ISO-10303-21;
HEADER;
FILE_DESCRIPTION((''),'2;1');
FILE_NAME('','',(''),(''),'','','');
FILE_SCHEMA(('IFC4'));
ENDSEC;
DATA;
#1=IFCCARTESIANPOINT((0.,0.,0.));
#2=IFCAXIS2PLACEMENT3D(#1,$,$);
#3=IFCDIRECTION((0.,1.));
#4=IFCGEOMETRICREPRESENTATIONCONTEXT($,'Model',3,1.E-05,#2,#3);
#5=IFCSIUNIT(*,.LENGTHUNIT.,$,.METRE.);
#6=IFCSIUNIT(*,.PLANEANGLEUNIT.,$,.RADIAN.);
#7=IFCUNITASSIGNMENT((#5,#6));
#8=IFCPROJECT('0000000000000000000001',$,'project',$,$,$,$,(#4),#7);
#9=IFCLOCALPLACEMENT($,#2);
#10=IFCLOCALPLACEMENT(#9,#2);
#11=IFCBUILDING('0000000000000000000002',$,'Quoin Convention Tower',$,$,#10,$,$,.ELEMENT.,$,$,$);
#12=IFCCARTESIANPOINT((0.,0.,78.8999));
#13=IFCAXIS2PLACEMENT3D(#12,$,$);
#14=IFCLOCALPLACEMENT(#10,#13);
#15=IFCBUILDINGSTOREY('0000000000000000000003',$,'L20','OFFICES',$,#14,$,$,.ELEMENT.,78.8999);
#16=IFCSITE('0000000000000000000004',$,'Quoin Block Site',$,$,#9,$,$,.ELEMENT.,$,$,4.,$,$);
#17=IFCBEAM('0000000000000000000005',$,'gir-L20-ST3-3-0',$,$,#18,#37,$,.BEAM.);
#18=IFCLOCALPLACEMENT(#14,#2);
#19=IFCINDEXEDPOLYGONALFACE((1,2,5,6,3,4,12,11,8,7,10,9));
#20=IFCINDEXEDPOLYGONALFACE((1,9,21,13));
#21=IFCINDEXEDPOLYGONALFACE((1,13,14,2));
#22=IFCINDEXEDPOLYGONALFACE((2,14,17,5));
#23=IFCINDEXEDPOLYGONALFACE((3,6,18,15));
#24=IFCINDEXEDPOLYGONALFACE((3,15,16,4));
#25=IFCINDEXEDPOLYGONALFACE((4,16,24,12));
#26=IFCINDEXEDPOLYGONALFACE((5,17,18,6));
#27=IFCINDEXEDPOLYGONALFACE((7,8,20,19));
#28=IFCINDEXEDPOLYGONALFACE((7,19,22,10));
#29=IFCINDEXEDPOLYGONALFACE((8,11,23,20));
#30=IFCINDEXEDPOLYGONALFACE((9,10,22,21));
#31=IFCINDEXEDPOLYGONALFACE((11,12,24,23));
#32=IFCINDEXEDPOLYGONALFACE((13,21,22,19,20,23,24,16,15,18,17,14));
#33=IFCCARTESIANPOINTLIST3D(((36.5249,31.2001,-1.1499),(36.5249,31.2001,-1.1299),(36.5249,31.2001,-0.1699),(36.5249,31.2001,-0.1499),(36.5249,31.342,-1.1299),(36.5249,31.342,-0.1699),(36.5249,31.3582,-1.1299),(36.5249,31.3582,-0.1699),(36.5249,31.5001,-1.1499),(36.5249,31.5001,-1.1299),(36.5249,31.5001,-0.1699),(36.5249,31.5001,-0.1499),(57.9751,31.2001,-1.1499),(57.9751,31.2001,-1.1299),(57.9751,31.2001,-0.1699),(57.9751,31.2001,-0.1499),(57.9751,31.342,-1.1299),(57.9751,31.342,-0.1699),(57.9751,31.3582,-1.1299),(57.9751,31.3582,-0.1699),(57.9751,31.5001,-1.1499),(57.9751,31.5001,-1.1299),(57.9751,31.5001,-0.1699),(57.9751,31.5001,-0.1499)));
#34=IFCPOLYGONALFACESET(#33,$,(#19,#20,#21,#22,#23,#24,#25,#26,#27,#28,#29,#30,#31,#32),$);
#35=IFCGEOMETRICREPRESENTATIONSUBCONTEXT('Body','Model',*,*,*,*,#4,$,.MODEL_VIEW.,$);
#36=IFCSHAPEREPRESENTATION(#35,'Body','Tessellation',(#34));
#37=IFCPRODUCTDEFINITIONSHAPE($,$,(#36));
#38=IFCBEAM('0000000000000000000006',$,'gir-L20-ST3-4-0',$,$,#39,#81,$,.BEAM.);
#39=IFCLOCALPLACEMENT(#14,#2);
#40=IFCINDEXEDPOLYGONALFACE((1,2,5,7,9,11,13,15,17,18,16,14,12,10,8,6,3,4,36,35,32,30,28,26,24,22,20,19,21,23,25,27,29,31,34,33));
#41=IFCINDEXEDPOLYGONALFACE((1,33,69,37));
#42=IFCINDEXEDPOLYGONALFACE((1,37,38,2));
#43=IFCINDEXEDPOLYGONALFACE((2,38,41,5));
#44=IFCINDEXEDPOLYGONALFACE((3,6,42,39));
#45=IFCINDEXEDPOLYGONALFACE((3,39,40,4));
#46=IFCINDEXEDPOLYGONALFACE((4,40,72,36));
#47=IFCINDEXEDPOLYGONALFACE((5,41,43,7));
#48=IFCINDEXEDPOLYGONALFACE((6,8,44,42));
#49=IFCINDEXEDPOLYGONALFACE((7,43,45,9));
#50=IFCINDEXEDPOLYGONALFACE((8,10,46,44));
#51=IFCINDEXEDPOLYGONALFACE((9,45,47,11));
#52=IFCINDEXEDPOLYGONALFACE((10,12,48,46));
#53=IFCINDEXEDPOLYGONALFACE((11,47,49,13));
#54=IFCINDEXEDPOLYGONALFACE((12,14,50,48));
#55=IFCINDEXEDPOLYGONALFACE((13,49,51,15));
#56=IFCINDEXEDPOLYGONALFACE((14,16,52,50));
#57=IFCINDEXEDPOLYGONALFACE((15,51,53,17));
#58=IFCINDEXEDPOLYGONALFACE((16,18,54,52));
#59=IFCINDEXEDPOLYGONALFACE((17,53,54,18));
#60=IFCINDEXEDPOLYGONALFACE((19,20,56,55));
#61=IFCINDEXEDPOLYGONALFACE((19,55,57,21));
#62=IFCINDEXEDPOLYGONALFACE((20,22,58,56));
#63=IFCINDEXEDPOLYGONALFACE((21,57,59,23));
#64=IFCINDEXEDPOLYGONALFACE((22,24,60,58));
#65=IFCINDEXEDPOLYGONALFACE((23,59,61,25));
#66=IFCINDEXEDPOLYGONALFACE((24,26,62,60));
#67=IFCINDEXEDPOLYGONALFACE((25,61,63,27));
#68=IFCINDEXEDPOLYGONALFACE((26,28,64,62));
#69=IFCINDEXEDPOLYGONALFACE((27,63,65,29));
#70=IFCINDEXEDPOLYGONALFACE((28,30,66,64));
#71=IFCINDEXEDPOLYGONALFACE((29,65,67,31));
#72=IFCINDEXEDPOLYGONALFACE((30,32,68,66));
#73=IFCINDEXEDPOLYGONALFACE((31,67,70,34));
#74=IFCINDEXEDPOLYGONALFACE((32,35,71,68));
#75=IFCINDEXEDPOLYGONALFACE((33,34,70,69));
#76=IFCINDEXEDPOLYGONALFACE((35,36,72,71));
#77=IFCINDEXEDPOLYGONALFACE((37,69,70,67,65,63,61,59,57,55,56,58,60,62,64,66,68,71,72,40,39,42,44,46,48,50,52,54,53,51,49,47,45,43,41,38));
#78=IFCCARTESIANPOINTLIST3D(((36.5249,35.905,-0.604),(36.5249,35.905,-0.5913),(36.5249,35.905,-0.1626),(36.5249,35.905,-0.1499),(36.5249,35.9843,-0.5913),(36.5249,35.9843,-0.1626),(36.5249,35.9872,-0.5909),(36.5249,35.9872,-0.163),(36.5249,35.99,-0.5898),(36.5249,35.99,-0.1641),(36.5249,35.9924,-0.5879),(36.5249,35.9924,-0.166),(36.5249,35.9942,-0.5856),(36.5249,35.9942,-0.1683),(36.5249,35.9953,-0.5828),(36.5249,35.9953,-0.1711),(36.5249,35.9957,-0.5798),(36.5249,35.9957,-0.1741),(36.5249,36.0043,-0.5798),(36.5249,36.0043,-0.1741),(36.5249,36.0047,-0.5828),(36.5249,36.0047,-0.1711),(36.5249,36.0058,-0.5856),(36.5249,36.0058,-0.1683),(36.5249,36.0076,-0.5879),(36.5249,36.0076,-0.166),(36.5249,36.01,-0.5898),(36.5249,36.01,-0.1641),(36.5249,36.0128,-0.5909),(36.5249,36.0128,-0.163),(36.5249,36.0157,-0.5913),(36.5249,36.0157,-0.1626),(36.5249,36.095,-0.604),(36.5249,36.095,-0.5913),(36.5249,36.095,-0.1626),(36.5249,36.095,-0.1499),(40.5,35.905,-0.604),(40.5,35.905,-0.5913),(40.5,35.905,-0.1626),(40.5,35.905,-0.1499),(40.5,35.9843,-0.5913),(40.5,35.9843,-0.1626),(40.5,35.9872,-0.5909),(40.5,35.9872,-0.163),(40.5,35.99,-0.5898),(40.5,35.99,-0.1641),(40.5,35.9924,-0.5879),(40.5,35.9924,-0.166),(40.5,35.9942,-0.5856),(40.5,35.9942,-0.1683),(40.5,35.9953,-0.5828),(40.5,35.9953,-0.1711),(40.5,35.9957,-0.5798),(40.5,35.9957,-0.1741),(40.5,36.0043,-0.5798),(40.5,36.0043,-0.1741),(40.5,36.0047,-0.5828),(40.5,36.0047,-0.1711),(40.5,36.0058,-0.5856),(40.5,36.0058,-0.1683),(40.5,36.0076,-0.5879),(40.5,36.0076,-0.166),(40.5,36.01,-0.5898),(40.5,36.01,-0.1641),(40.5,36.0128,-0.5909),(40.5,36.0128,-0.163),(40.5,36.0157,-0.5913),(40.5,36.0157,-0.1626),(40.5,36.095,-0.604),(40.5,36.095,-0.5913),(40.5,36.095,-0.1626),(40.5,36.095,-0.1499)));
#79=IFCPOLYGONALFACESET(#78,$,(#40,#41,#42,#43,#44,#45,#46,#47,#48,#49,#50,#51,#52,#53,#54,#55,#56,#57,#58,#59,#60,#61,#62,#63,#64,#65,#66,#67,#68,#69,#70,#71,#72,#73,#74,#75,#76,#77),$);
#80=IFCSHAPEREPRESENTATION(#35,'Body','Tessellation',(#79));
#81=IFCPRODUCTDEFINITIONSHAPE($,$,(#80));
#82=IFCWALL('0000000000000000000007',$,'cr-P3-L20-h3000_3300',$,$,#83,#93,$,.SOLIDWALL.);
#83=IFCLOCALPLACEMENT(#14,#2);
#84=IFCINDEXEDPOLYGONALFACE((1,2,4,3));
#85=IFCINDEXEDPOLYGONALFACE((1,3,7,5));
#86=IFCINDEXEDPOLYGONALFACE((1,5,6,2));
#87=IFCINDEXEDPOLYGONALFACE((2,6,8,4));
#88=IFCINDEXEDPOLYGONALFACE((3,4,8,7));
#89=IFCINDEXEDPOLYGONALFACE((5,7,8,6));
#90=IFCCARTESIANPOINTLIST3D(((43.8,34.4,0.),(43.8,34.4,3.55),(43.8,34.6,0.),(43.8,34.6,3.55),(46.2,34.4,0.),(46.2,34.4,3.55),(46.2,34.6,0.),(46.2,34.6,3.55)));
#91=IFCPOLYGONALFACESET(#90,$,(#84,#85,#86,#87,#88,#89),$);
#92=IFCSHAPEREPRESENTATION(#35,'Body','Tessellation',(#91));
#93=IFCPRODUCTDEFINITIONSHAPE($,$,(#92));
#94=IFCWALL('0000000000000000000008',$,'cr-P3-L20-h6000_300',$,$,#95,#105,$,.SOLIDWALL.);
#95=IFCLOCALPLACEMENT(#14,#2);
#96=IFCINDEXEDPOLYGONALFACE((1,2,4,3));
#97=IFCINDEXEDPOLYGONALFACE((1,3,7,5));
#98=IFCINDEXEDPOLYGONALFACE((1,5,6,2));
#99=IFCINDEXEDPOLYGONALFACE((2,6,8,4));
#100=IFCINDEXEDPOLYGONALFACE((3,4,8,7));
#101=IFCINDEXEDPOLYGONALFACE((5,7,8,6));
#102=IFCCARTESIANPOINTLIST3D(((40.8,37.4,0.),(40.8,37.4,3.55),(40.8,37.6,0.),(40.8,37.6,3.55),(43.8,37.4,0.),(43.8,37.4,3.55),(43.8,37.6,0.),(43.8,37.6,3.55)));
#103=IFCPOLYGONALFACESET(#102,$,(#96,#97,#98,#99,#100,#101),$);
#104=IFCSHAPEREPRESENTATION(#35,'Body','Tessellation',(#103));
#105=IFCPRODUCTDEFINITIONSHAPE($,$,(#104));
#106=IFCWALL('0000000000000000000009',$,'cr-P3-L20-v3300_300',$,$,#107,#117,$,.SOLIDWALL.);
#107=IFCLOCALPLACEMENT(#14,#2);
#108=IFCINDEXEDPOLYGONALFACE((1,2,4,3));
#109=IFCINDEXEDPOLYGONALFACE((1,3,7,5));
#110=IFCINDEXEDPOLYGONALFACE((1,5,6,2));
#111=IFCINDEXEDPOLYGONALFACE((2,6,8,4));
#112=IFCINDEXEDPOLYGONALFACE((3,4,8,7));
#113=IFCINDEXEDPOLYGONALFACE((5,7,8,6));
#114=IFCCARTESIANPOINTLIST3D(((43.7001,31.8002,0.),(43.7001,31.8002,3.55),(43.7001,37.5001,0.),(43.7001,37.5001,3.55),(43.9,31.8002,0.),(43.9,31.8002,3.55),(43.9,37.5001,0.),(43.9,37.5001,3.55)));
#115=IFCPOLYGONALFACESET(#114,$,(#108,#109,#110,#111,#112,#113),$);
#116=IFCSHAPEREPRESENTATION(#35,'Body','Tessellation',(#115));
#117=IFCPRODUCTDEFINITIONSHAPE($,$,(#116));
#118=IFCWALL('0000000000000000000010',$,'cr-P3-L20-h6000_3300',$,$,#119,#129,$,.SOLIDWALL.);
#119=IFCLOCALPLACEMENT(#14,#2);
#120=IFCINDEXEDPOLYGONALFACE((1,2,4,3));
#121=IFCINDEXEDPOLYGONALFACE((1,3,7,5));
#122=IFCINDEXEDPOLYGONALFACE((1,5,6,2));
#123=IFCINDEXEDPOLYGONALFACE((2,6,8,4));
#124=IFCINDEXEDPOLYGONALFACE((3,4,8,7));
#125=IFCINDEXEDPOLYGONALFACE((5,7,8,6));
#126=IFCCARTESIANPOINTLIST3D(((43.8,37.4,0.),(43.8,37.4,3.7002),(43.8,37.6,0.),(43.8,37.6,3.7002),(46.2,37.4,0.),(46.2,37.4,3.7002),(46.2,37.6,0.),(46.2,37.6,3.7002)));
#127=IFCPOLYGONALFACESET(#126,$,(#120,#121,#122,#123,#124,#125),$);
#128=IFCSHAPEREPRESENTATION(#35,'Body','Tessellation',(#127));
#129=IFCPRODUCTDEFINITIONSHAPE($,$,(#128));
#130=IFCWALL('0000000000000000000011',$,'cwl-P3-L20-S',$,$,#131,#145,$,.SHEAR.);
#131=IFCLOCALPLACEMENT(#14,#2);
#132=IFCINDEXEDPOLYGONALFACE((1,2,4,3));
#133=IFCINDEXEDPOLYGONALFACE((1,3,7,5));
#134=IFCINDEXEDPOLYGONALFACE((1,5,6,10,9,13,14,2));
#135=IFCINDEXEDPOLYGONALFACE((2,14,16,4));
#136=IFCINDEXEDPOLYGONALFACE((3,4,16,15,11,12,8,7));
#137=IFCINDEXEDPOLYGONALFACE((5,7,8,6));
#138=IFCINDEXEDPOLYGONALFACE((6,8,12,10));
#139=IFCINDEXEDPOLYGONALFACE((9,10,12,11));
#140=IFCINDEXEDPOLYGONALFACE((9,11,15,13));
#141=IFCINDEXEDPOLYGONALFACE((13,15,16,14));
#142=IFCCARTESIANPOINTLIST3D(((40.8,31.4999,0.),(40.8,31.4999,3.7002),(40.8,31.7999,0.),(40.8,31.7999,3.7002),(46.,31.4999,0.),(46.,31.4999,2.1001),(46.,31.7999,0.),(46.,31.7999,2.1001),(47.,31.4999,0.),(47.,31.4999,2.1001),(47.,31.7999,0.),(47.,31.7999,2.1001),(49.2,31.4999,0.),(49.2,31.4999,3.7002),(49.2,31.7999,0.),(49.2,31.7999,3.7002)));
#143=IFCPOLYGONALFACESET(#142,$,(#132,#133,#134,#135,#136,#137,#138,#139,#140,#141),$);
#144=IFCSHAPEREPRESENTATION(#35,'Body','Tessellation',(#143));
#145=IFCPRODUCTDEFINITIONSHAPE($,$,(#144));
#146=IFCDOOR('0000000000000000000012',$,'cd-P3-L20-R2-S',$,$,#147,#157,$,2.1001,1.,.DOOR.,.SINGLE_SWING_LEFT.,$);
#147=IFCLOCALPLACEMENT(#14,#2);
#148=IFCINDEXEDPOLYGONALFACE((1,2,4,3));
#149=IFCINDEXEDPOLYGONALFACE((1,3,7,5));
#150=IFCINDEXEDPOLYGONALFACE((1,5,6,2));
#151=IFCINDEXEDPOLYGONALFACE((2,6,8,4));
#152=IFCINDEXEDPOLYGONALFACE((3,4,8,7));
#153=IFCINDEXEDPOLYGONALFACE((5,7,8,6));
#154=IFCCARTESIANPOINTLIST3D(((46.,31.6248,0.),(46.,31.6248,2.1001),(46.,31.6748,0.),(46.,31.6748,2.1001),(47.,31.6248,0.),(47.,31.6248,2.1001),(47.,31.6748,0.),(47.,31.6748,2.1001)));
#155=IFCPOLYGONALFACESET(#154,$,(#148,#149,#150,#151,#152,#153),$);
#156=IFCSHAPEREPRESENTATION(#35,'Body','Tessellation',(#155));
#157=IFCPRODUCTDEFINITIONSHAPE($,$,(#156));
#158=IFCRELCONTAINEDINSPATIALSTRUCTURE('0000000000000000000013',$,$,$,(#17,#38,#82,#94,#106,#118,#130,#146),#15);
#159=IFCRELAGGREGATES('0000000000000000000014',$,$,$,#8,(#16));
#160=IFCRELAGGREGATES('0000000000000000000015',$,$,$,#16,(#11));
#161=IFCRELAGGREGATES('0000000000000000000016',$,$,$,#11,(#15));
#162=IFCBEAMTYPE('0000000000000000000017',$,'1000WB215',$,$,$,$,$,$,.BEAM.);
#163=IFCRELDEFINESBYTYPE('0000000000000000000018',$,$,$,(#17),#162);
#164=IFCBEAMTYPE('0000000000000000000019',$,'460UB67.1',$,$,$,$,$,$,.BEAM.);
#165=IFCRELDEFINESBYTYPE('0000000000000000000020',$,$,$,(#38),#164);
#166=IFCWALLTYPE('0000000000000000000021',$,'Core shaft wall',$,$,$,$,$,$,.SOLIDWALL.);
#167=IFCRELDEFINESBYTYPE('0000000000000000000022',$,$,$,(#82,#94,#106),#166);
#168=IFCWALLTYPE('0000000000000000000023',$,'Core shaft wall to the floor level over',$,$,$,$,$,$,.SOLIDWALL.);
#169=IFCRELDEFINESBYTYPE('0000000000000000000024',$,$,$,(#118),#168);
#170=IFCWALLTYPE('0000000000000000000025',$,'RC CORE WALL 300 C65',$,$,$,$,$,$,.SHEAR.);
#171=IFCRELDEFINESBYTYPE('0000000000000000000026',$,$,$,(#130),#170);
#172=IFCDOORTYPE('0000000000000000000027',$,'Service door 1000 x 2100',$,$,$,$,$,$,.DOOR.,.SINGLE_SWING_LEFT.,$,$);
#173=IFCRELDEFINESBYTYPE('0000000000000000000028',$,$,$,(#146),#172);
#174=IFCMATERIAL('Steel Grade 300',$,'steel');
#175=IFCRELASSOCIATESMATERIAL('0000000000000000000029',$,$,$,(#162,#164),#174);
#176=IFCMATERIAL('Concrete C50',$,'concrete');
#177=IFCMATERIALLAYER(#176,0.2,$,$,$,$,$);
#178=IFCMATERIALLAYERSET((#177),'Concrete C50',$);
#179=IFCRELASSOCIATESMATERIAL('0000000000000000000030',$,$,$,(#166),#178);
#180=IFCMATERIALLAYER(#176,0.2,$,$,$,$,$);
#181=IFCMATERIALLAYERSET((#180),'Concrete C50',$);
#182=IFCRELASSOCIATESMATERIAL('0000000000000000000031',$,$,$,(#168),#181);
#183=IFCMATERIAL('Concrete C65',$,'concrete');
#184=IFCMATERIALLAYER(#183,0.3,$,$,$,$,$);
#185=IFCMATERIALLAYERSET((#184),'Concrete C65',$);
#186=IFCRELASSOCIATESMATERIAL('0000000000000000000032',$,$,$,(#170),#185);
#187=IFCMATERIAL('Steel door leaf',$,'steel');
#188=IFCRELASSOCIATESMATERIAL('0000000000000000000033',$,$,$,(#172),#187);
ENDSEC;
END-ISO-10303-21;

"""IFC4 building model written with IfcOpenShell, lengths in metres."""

from ifc_helpers import new_model, si_unit, direction, frame, frame_2d, origin, origin_2d, place, context, subcontext, project, spatial, rectangle, i_section, extrude, material, layer, layer_set, material_profile, profile_set, type_object, element, fill, save


model = new_model("IFC4")

# Units and contexts
model_context = context("Model", 3, precision=1e-05, world=origin(), true_north=direction((0.0, 1.0)))
body_context = subcontext(model_context, "Body", "Model", "MODEL_VIEW")
ifc_project = project(units=[si_unit("LENGTHUNIT", "METRE"), si_unit("PLANEANGLEUNIT", "RADIAN")], contexts=[model_context])

# Site, building, storey
site_placement = place(None, origin())
site = spatial("IfcSite", under=ifc_project, at=site_placement, Name="Quoin Block Site", CompositionType="ELEMENT", RefElevation=4.0)
building_placement = place(site_placement, origin())
building = spatial("IfcBuilding", under=site, at=building_placement, Name="Quoin Convention Tower", CompositionType="ELEMENT")
storey_placement = place(building_placement, frame((0.0, 0.0, 78.8999)))
storey = spatial("IfcBuildingStorey", under=building, at=storey_placement, Name="L20", Description="OFFICES", CompositionType="ELEMENT", Elevation=78.8999)

# Beams
ifc_material_1 = material(Name="Steel Grade 300", Category="steel")
ifc_material_profile_1 = material_profile(ifc_material_1, i_section(OverallWidth=0.3, OverallDepth=1.0, WebThickness=0.0161, FlangeThickness=0.02, at=origin_2d()), Name="1000WB215")
ifc_profile_set_1 = profile_set([ifc_material_profile_1], Name="Steel Grade 300")
beam_type_1 = type_object("IfcBeamType", Name="1000WB215", PredefinedType="BEAM", material=ifc_profile_set_1)
beam_1_placement = place(storey_placement, frame((36.5249, 31.3501, -0.6499), z_axis=(1.0, 0.0, 0.0), x_axis=(0.0, 1.0, 0.0)))
element("IfcBeam", 1, at=beam_1_placement, inside=storey, type_object=beam_type_1, Name="gir-L20-ST3-3-0", PredefinedType="BEAM", context=body_context, shape_type="SweptSolid", body=[
    extrude(i_section(OverallWidth=0.3, OverallDepth=1.0, WebThickness=0.0161, FlangeThickness=0.02, at=origin_2d()), origin(), (0.0, 0.0, 1.0), 21.4502),
])
ifc_material_profile_2 = material_profile(ifc_material_1, i_section(OverallWidth=0.1899, OverallDepth=0.4541, WebThickness=0.0085, FlangeThickness=0.0127, FilletRadius=0.0115, at=origin_2d()), Name="460UB67.1")
ifc_profile_set_2 = profile_set([ifc_material_profile_2], Name="Steel Grade 300")
beam_type_2 = type_object("IfcBeamType", Name="460UB67.1", PredefinedType="BEAM", material=ifc_profile_set_2)
beam_2_placement = place(storey_placement, frame((36.5249, 36.0, -0.377), z_axis=(1.0, 0.0, 0.0), x_axis=(0.0, 1.0, 0.0)))
element("IfcBeam", 2, at=beam_2_placement, inside=storey, type_object=beam_type_2, Name="gir-L20-ST3-4-0", PredefinedType="BEAM", context=body_context, shape_type="SweptSolid", body=[
    extrude(i_section(OverallWidth=0.1899, OverallDepth=0.4541, WebThickness=0.0085, FlangeThickness=0.0127, FilletRadius=0.0115, at=origin_2d()), origin(), (0.0, 0.0, 1.0), 3.9751),
])

# Walls
ifc_material_2 = material(Name="Concrete C50", Category="concrete")
ifc_layer_1 = layer(ifc_material_2, 0.2)
ifc_layer_set_1 = layer_set([ifc_layer_1], Name="Concrete C50")
wall_type_1 = type_object("IfcWallType", Name="Core shaft wall", PredefinedType="SOLIDWALL", material=ifc_layer_set_1)
wall_1_placement = place(storey_placement, frame((43.8, 34.5, 0.0), z_axis=(0.0, 0.0, 1.0), x_axis=(1.0, 0.0, 0.0)))
element("IfcWall", 3, at=wall_1_placement, inside=storey, type_object=wall_type_1, Name="cr-P3-L20-h3000_3300", PredefinedType="SOLIDWALL", context=body_context, shape_type="SweptSolid", body=[
    extrude(rectangle(XDim=2.3999, YDim=0.2, at=frame_2d((1.2, 0.0))), origin(), (0.0, 0.0, 1.0), 3.55),
])
wall_2_placement = place(storey_placement, frame((40.8, 37.5, 0.0), z_axis=(0.0, 0.0, 1.0), x_axis=(1.0, 0.0, 0.0)))
element("IfcWall", 4, at=wall_2_placement, inside=storey, type_object=wall_type_1, Name="cr-P3-L20-h6000_300", PredefinedType="SOLIDWALL", context=body_context, shape_type="SweptSolid", body=[
    extrude(rectangle(XDim=3.0, YDim=0.2, at=frame_2d((1.5, 0.0))), origin(), (0.0, 0.0, 1.0), 3.55),
])
wall_3_placement = place(storey_placement, frame((43.8, 31.8, 0.0), z_axis=(0.0, 0.0, 1.0), x_axis=(0.0, 1.0, 0.0)))
element("IfcWall", 5, at=wall_3_placement, inside=storey, type_object=wall_type_1, Name="cr-P3-L20-v3300_300", PredefinedType="SOLIDWALL", context=body_context, shape_type="SweptSolid", body=[
    extrude(rectangle(XDim=5.7, YDim=0.2, at=frame_2d((2.8501, 0.0))), origin(), (0.0, 0.0, 1.0), 3.55),
])
ifc_layer_2 = layer(ifc_material_2, 0.2)
ifc_layer_set_2 = layer_set([ifc_layer_2], Name="Concrete C50")
wall_type_2 = type_object("IfcWallType", Name="Core shaft wall to the floor level over", PredefinedType="SOLIDWALL", material=ifc_layer_set_2)
wall_4_placement = place(storey_placement, frame((43.8, 37.5, 0.0), z_axis=(0.0, 0.0, 1.0), x_axis=(1.0, 0.0, 0.0)))
element("IfcWall", 6, at=wall_4_placement, inside=storey, type_object=wall_type_2, Name="cr-P3-L20-h6000_3300", PredefinedType="SOLIDWALL", context=body_context, shape_type="SweptSolid", body=[
    extrude(rectangle(XDim=2.3999, YDim=0.2, at=frame_2d((1.2, 0.0))), origin(), (0.0, 0.0, 1.0), 3.7002),
])

# Wall, opening, door
ifc_material_3 = material(Name="Concrete C65", Category="concrete")
ifc_layer_3 = layer(ifc_material_3, 0.3)
ifc_layer_set_3 = layer_set([ifc_layer_3], Name="Concrete C65")
wall_type_3 = type_object("IfcWallType", Name="RC CORE WALL 300 C65", PredefinedType="SHEAR", material=ifc_layer_set_3)
wall_5_placement = place(storey_placement, frame((40.8, 31.6499, 0.0), z_axis=(0.0, 0.0, 1.0), x_axis=(1.0, 0.0, 0.0)))
wall_5 = element("IfcWall", 7, at=wall_5_placement, inside=storey, type_object=wall_type_3, Name="cwl-P3-L20-S", PredefinedType="SHEAR", context=body_context, shape_type="SweptSolid", body=[
    extrude(rectangle(XDim=8.3999, YDim=0.3, at=frame_2d((4.2, 0.0))), origin(), (0.0, 0.0, 1.0), 3.7002),
])
opening_1_placement = place(wall_5_placement, frame((5.2, 0.0, 0.0)))
opening_1 = element("IfcOpeningElement", 8, at=opening_1_placement, cuts=wall_5, PredefinedType="OPENING", context=body_context, shape_type="SweptSolid", body=[
    extrude(rectangle(XDim=1.0, YDim=2.1001, at=frame_2d((0.5, 1.05))), frame((0.0, 0.1599, 0.0), z_axis=(0.0, -1.0, 0.0), x_axis=(1.0, 0.0, 0.0)), (0.0, 0.0, 1.0), 0.3201),
])
ifc_material_4 = material(Name="Steel door leaf", Category="steel")
door_type_1 = type_object("IfcDoorType", Name="Service door 1000 x 2100", OperationType="SINGLE_SWING_LEFT", PredefinedType="DOOR", material=ifc_material_4)
door_1_placement = place(opening_1_placement, origin())
door_1 = element("IfcDoor", 9, at=door_1_placement, inside=storey, type_object=door_type_1, Name="cd-P3-L20-R2-S", OperationType="SINGLE_SWING_LEFT", OverallHeight=2.1001, OverallWidth=1.0, PredefinedType="DOOR", context=body_context, shape_type="SweptSolid", body=[
    extrude(rectangle(XDim=1.0, YDim=2.1001, at=frame_2d((0.5, 1.05))), frame((0.0, 0.0249, 0.0), z_axis=(0.0, -1.0, 0.0), x_axis=(1.0, 0.0, 0.0)), (0.0, 0.0, 1.0), 0.05),
])
fill(opening_1, door_1)

save(model, "model.ifc")
